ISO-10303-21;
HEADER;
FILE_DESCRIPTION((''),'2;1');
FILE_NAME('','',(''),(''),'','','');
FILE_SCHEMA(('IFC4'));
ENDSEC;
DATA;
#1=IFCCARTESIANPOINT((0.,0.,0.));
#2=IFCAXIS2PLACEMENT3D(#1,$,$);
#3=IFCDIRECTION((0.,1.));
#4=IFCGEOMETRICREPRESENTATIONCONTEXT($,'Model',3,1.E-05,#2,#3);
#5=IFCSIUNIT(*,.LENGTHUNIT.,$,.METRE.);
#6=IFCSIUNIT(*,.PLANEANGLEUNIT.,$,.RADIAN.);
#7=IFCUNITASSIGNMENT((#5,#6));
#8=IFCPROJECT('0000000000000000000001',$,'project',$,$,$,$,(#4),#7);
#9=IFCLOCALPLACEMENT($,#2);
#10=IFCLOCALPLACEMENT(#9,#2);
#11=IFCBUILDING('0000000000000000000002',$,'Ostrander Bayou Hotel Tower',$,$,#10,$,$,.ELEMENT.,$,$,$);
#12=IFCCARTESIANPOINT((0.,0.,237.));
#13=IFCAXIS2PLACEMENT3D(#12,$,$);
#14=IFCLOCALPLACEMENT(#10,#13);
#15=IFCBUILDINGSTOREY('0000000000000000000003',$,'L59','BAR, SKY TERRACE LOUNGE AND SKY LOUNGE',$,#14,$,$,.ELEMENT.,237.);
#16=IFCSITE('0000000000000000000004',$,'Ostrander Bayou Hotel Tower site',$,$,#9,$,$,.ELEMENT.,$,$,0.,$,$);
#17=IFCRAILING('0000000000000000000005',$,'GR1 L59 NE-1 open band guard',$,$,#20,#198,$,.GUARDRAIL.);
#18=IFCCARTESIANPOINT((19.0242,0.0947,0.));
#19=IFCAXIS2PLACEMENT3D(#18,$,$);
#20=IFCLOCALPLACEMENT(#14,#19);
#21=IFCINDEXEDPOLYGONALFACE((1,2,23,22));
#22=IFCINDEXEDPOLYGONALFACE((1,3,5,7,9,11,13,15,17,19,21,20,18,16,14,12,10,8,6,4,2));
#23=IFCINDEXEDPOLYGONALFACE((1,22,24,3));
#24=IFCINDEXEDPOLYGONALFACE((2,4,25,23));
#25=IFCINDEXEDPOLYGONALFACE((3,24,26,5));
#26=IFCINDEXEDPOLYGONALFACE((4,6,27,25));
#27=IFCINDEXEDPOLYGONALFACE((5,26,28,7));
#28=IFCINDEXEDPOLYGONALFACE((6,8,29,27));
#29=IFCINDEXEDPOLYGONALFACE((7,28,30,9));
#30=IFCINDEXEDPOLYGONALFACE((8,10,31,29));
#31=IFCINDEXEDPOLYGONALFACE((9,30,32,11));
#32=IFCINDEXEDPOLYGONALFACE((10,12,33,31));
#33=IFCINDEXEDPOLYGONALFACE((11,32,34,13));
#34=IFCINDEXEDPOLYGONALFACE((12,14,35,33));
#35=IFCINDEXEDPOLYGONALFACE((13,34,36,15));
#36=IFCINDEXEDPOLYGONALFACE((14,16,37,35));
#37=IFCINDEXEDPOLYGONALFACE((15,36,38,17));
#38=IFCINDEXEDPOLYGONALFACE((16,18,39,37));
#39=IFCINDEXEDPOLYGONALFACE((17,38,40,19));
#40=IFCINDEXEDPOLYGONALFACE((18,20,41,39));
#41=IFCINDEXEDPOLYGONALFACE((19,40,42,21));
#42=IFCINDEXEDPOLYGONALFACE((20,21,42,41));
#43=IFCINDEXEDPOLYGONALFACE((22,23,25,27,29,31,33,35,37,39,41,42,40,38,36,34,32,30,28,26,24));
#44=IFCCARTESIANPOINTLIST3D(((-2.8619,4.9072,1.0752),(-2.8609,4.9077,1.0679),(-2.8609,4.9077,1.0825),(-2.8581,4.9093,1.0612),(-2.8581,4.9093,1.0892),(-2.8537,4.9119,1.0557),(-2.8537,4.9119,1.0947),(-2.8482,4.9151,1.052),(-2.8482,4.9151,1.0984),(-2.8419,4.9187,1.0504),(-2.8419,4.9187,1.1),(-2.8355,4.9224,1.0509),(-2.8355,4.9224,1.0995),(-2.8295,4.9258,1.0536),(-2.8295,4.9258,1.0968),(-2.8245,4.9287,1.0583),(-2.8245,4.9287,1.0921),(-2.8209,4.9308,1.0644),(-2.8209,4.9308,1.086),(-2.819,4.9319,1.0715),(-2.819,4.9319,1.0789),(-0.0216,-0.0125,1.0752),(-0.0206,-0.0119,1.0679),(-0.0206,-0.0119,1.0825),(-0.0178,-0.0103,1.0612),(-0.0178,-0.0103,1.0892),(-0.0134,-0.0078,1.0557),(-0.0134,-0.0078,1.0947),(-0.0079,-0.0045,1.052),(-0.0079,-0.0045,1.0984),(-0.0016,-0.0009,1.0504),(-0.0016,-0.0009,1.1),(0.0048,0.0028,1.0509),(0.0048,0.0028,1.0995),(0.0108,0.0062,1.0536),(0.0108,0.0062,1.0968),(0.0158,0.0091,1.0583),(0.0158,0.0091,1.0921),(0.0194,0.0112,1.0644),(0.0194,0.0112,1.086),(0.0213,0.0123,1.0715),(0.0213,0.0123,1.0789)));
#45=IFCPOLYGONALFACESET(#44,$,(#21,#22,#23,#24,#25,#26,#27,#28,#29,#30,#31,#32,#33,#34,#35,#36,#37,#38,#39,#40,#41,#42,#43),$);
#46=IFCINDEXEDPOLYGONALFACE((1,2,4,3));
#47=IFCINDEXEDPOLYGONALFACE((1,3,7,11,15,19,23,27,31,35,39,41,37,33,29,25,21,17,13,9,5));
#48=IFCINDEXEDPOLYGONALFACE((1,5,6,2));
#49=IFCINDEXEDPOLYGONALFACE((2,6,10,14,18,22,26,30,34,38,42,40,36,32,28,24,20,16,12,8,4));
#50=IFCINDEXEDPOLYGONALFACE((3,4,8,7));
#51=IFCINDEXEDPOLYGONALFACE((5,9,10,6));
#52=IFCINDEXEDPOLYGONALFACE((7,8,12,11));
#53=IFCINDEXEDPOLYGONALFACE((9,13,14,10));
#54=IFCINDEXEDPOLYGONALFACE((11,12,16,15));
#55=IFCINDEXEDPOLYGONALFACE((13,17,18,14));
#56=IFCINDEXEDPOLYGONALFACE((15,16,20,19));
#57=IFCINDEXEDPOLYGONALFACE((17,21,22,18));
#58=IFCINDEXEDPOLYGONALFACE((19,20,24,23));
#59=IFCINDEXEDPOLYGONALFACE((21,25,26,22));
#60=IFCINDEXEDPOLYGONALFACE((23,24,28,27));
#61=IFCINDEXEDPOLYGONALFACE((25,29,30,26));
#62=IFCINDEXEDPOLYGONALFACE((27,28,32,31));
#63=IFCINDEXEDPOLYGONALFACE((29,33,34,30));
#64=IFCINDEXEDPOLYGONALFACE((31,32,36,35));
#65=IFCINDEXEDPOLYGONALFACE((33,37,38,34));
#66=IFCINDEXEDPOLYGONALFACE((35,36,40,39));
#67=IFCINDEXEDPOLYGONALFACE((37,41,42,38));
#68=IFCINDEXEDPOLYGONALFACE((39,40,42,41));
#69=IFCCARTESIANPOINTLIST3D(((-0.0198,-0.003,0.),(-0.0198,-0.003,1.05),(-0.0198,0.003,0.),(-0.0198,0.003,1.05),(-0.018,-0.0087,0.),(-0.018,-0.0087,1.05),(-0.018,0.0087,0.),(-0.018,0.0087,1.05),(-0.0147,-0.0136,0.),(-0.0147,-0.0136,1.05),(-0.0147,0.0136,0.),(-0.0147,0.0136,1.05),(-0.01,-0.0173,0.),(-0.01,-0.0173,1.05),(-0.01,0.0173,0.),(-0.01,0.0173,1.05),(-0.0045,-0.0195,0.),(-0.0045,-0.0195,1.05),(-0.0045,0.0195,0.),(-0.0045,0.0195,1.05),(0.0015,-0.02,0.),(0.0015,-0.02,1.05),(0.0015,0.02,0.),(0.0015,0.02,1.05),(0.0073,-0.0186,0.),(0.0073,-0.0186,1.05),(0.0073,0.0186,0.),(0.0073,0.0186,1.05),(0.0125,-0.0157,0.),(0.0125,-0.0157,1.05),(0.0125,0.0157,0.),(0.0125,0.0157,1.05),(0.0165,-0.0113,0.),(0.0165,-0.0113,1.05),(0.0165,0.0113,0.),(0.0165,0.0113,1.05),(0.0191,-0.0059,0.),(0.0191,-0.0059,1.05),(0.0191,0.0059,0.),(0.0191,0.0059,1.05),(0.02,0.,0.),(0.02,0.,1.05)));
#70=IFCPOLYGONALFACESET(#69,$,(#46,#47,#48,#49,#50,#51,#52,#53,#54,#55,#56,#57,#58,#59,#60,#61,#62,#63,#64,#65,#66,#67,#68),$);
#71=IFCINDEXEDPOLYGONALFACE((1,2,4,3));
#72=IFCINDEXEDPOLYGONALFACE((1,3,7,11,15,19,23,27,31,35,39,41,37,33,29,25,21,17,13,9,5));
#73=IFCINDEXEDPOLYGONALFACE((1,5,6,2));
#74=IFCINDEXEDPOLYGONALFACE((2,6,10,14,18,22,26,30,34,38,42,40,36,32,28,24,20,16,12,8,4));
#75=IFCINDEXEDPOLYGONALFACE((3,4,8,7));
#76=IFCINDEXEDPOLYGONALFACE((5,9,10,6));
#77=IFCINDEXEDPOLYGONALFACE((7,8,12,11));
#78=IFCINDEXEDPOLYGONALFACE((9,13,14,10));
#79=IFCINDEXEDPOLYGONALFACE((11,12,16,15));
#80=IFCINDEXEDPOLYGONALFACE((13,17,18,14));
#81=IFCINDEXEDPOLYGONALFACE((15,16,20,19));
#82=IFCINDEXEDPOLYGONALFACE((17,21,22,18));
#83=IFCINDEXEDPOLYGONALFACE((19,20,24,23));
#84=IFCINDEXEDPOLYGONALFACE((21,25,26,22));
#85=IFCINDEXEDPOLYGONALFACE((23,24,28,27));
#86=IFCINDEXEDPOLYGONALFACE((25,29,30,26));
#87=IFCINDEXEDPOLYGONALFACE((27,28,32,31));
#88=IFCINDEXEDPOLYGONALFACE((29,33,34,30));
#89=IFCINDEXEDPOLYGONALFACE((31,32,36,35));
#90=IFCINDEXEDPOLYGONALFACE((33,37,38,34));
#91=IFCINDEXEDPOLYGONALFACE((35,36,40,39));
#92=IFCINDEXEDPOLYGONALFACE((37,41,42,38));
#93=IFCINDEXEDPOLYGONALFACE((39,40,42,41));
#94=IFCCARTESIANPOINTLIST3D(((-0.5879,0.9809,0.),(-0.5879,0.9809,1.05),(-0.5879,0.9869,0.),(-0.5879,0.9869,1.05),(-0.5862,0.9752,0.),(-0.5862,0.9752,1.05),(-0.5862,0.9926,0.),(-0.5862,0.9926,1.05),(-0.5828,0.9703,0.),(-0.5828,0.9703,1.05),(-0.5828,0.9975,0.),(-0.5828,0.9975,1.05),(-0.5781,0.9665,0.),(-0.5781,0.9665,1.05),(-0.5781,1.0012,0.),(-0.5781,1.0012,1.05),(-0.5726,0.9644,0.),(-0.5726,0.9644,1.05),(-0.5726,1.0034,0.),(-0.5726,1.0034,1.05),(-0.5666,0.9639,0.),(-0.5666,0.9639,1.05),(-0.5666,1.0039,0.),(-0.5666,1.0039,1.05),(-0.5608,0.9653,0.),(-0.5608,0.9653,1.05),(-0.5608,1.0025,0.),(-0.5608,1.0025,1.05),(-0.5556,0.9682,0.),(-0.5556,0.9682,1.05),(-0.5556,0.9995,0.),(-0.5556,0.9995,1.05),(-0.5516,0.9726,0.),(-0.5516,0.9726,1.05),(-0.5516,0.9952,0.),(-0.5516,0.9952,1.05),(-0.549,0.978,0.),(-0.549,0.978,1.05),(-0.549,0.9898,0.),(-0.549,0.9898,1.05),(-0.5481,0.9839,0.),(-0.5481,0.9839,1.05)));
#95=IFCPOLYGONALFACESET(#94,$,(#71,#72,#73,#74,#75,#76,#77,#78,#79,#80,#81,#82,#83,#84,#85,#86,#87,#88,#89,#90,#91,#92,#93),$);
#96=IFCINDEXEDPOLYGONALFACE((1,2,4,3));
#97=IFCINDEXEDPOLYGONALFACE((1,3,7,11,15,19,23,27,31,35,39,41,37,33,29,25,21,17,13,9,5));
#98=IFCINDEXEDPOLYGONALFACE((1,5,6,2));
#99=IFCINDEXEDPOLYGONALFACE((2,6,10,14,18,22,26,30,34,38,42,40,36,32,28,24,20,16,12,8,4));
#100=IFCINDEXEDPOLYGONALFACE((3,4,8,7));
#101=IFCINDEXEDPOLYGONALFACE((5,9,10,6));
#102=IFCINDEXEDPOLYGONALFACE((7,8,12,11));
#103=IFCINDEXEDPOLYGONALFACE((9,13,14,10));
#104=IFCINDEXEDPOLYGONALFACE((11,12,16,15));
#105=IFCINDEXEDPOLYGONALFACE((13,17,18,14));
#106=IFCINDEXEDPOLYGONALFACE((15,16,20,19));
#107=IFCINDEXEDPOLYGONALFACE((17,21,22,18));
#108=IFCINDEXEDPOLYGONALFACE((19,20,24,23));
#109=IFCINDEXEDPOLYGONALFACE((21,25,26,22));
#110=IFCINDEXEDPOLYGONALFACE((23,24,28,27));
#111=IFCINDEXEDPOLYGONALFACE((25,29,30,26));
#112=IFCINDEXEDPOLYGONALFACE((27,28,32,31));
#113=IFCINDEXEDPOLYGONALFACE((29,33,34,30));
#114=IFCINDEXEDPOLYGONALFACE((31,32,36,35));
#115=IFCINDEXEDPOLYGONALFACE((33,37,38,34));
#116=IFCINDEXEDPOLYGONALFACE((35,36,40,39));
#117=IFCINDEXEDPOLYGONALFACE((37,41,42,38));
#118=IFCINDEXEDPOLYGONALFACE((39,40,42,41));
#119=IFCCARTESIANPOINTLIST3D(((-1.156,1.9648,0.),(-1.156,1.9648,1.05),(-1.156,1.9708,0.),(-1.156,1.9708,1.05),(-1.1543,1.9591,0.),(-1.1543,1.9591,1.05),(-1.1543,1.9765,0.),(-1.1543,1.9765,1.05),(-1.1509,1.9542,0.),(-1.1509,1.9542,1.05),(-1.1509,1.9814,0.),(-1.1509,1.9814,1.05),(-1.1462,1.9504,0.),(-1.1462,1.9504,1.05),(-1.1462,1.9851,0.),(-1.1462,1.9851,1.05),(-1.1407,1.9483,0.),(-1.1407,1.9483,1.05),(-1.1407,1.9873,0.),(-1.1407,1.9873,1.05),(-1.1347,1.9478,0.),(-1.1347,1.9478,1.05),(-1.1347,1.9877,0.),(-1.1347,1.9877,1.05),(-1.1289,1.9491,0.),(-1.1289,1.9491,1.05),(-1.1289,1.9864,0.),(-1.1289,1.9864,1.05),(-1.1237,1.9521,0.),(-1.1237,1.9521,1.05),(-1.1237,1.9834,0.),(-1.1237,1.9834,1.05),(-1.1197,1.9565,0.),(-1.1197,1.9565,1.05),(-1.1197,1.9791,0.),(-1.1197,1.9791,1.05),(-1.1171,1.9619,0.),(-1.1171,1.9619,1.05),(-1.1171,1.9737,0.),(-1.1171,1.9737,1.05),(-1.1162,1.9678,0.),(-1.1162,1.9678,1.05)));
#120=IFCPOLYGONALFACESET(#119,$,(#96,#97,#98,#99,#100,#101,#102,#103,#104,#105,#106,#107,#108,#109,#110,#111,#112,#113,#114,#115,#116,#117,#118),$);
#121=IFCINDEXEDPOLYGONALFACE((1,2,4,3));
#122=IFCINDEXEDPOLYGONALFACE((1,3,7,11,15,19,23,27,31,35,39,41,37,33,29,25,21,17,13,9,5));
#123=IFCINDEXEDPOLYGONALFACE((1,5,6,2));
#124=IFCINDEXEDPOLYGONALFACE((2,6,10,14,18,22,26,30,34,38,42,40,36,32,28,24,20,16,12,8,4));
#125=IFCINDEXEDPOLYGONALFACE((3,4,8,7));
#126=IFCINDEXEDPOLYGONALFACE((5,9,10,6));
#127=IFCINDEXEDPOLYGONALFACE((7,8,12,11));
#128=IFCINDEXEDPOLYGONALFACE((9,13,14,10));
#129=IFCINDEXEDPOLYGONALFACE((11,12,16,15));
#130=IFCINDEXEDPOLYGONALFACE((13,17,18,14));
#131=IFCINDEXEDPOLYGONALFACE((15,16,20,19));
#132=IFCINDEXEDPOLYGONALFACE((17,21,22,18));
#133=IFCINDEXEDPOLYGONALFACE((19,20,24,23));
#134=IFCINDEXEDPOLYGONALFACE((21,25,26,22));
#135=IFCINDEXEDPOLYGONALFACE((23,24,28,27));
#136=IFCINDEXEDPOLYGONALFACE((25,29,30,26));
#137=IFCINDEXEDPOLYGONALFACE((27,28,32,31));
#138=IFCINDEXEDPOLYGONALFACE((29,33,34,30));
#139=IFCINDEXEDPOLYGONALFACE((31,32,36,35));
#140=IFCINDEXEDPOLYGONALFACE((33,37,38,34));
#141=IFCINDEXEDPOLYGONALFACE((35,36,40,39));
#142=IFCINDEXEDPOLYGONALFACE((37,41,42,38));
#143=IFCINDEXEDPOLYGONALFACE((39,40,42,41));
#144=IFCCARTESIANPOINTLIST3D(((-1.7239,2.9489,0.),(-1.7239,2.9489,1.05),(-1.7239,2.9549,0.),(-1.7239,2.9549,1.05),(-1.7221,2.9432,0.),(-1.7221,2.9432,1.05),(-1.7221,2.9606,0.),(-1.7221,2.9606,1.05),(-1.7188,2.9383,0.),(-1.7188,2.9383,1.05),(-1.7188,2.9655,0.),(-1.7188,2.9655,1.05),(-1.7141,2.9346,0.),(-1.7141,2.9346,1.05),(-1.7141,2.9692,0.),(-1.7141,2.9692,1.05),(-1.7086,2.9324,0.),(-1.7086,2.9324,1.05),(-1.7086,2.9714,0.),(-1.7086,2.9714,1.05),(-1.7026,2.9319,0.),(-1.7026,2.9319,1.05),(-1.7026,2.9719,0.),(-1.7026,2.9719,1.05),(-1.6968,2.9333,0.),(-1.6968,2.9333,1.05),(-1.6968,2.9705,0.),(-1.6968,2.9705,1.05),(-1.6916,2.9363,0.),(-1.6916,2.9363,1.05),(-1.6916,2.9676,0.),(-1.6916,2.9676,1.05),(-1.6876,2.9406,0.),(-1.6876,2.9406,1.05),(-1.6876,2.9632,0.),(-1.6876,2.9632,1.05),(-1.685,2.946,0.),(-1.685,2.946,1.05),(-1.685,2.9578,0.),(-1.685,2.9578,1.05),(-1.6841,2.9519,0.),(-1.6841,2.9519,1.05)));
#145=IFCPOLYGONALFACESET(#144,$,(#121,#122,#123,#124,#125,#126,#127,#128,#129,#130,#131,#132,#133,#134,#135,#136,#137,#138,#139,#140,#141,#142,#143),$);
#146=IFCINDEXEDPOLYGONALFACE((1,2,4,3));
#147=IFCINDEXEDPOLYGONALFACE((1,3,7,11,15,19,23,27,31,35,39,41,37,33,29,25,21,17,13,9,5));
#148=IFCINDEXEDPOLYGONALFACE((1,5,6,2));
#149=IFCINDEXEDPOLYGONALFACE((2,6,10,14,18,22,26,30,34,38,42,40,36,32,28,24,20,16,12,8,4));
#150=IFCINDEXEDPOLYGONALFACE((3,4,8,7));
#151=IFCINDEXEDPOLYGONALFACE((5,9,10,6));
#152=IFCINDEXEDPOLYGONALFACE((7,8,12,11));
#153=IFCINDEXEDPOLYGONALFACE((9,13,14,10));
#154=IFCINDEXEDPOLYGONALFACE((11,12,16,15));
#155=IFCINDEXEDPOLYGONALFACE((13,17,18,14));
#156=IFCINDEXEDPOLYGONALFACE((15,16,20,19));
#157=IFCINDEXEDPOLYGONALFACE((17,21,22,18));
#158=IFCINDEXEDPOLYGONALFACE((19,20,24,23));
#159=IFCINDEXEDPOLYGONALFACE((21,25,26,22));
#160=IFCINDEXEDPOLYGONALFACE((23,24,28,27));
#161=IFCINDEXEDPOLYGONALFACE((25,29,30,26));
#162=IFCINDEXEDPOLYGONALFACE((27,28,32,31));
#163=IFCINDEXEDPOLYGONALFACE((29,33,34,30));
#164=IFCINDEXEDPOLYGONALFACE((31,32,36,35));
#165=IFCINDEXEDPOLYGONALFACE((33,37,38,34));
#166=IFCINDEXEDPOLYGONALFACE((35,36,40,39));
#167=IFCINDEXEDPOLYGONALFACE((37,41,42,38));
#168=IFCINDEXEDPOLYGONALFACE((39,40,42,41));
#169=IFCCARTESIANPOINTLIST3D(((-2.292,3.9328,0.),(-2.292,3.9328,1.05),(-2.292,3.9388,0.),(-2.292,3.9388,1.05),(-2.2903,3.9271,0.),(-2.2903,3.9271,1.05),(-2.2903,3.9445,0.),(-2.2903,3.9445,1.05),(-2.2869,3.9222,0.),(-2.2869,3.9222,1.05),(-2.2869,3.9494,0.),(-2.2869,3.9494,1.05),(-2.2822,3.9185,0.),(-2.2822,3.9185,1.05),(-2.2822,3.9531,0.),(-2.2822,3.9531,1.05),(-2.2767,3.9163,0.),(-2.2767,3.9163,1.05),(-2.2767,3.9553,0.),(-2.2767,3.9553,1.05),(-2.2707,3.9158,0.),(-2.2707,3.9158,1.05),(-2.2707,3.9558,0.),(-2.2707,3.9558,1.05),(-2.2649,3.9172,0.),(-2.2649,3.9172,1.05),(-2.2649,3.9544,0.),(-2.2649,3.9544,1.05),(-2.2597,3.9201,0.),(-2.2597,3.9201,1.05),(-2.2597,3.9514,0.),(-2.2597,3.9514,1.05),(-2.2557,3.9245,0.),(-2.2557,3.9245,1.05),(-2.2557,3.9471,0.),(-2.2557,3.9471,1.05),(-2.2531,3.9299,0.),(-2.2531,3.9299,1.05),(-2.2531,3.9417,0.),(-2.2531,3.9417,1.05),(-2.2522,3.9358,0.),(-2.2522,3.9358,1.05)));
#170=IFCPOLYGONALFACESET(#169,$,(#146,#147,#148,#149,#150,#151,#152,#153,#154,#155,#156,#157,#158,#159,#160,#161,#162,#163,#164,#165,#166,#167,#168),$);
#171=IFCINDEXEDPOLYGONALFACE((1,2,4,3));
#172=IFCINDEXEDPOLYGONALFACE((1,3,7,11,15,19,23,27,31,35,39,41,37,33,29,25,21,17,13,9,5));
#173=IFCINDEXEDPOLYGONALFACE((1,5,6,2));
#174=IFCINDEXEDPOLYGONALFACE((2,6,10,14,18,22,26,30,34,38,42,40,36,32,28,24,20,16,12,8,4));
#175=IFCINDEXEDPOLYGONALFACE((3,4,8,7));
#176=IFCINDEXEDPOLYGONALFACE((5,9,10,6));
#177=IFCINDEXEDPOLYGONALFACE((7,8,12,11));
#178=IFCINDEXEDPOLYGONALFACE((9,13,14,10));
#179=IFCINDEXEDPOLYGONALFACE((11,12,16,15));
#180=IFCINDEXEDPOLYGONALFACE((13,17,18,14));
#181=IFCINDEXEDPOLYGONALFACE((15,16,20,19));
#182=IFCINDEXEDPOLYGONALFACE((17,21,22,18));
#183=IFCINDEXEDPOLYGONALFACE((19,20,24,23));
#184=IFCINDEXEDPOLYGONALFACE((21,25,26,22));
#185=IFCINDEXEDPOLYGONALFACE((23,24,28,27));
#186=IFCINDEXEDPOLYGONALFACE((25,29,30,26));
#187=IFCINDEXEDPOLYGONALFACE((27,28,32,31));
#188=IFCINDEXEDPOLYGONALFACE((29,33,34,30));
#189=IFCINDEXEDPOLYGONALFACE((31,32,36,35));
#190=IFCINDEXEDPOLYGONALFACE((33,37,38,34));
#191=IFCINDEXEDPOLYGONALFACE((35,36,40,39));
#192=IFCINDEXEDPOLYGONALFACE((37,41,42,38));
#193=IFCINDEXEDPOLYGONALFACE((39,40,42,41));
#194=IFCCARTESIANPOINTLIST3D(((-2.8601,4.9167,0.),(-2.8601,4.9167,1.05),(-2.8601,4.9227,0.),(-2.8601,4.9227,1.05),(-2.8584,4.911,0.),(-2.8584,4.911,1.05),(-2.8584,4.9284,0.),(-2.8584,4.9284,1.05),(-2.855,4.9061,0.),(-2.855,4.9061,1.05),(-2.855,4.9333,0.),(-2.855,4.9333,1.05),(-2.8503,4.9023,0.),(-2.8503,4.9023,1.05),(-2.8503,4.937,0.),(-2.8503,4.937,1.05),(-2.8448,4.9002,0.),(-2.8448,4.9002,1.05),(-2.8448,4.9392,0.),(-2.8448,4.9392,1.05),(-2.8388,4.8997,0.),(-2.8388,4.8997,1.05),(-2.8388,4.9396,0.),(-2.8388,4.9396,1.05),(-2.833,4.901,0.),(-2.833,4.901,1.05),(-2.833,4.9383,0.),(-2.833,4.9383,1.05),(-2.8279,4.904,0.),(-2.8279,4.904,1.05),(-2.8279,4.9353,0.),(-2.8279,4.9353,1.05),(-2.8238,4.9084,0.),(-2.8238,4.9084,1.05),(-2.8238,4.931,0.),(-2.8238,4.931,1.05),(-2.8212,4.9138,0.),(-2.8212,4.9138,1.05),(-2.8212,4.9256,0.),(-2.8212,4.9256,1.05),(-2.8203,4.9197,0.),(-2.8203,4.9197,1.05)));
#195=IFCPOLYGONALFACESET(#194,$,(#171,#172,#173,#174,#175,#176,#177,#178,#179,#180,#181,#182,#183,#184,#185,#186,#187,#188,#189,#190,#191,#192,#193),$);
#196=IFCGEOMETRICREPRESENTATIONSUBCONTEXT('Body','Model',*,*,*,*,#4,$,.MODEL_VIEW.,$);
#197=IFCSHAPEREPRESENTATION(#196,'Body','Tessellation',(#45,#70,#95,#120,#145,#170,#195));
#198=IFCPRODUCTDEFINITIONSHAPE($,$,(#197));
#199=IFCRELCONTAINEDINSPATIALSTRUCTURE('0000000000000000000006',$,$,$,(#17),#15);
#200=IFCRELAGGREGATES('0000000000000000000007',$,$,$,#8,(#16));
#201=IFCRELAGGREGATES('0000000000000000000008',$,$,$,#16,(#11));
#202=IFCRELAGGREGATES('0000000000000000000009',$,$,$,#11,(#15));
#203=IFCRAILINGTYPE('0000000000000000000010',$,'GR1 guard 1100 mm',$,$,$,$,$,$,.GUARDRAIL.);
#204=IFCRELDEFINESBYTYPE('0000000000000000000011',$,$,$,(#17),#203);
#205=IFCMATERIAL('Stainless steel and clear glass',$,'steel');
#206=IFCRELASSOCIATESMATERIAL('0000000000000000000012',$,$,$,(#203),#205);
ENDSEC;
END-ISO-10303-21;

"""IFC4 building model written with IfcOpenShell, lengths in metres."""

from ifc_helpers import new_model, si_unit, direction, frame, origin, origin_2d, place, context, subcontext, project, spatial, circle, extrude, material, type_object, element, save


model = new_model("IFC4")

# Units and contexts
model_context = context("Model", 3, precision=1e-05, world=origin(), true_north=direction((0.0, 1.0)))
body_context = subcontext(model_context, "Body", "Model", "MODEL_VIEW")
ifc_project = project(units=[si_unit("LENGTHUNIT", "METRE"), si_unit("PLANEANGLEUNIT", "RADIAN")], contexts=[model_context])

# Site, building, storey
site_placement = place(None, origin())
site = spatial("IfcSite", under=ifc_project, at=site_placement, Name="Ostrander Bayou Hotel Tower site", CompositionType="ELEMENT", RefElevation=0.0)
building_placement = place(site_placement, origin())
building = spatial("IfcBuilding", under=site, at=building_placement, Name="Ostrander Bayou Hotel Tower", CompositionType="ELEMENT")
storey_placement = place(building_placement, frame((0.0, 0.0, 237.0)))
storey = spatial("IfcBuildingStorey", under=building, at=storey_placement, Name="L59", Description="BAR, SKY TERRACE LOUNGE AND SKY LOUNGE", CompositionType="ELEMENT", Elevation=237.0)

# Railing
ifc_material_1 = material(Name="Stainless steel and clear glass", Category="steel")
railing_type_1 = type_object("IfcRailingType", Name="GR1 guard 1100 mm", PredefinedType="GUARDRAIL", material=ifc_material_1)
railing_1_placement = place(storey_placement, frame((19.0242, 0.0947, 0.0)))
element("IfcRailing", 1, at=railing_1_placement, inside=storey, type_object=railing_type_1, Name="GR1 L59 NE-1 open band guard", PredefinedType="GUARDRAIL", context=body_context, shape_type="SweptSolid", body=[
    extrude(circle(Radius=0.0249, at=origin_2d()), frame((0.0, 0.0, 1.0752), z_axis=(-0.499994, 0.866029, 0.0), x_axis=(-0.866029, -0.499994, 0.0)), (0.0, 0.0, 1.0), 5.6807),
    extrude(circle(Radius=0.02, at=origin_2d()), origin(), (0.0, 0.0, 1.0), 1.05),
    extrude(circle(Radius=0.02, at=origin_2d()), frame((-0.5681, 0.9839, 0.0)), (0.0, 0.0, 1.0), 1.05),
    extrude(circle(Radius=0.02, at=origin_2d()), frame((-1.1362, 1.9678, 0.0)), (0.0, 0.0, 1.0), 1.05),
    extrude(circle(Radius=0.02, at=origin_2d()), frame((-1.7041, 2.9519, 0.0)), (0.0, 0.0, 1.0), 1.05),
    extrude(circle(Radius=0.02, at=origin_2d()), frame((-2.2722, 3.9358, 0.0)), (0.0, 0.0, 1.0), 1.05),
    extrude(circle(Radius=0.02, at=origin_2d()), frame((-2.8403, 4.9197, 0.0)), (0.0, 0.0, 1.0), 1.05),
])

save(model, "model.ifc")
